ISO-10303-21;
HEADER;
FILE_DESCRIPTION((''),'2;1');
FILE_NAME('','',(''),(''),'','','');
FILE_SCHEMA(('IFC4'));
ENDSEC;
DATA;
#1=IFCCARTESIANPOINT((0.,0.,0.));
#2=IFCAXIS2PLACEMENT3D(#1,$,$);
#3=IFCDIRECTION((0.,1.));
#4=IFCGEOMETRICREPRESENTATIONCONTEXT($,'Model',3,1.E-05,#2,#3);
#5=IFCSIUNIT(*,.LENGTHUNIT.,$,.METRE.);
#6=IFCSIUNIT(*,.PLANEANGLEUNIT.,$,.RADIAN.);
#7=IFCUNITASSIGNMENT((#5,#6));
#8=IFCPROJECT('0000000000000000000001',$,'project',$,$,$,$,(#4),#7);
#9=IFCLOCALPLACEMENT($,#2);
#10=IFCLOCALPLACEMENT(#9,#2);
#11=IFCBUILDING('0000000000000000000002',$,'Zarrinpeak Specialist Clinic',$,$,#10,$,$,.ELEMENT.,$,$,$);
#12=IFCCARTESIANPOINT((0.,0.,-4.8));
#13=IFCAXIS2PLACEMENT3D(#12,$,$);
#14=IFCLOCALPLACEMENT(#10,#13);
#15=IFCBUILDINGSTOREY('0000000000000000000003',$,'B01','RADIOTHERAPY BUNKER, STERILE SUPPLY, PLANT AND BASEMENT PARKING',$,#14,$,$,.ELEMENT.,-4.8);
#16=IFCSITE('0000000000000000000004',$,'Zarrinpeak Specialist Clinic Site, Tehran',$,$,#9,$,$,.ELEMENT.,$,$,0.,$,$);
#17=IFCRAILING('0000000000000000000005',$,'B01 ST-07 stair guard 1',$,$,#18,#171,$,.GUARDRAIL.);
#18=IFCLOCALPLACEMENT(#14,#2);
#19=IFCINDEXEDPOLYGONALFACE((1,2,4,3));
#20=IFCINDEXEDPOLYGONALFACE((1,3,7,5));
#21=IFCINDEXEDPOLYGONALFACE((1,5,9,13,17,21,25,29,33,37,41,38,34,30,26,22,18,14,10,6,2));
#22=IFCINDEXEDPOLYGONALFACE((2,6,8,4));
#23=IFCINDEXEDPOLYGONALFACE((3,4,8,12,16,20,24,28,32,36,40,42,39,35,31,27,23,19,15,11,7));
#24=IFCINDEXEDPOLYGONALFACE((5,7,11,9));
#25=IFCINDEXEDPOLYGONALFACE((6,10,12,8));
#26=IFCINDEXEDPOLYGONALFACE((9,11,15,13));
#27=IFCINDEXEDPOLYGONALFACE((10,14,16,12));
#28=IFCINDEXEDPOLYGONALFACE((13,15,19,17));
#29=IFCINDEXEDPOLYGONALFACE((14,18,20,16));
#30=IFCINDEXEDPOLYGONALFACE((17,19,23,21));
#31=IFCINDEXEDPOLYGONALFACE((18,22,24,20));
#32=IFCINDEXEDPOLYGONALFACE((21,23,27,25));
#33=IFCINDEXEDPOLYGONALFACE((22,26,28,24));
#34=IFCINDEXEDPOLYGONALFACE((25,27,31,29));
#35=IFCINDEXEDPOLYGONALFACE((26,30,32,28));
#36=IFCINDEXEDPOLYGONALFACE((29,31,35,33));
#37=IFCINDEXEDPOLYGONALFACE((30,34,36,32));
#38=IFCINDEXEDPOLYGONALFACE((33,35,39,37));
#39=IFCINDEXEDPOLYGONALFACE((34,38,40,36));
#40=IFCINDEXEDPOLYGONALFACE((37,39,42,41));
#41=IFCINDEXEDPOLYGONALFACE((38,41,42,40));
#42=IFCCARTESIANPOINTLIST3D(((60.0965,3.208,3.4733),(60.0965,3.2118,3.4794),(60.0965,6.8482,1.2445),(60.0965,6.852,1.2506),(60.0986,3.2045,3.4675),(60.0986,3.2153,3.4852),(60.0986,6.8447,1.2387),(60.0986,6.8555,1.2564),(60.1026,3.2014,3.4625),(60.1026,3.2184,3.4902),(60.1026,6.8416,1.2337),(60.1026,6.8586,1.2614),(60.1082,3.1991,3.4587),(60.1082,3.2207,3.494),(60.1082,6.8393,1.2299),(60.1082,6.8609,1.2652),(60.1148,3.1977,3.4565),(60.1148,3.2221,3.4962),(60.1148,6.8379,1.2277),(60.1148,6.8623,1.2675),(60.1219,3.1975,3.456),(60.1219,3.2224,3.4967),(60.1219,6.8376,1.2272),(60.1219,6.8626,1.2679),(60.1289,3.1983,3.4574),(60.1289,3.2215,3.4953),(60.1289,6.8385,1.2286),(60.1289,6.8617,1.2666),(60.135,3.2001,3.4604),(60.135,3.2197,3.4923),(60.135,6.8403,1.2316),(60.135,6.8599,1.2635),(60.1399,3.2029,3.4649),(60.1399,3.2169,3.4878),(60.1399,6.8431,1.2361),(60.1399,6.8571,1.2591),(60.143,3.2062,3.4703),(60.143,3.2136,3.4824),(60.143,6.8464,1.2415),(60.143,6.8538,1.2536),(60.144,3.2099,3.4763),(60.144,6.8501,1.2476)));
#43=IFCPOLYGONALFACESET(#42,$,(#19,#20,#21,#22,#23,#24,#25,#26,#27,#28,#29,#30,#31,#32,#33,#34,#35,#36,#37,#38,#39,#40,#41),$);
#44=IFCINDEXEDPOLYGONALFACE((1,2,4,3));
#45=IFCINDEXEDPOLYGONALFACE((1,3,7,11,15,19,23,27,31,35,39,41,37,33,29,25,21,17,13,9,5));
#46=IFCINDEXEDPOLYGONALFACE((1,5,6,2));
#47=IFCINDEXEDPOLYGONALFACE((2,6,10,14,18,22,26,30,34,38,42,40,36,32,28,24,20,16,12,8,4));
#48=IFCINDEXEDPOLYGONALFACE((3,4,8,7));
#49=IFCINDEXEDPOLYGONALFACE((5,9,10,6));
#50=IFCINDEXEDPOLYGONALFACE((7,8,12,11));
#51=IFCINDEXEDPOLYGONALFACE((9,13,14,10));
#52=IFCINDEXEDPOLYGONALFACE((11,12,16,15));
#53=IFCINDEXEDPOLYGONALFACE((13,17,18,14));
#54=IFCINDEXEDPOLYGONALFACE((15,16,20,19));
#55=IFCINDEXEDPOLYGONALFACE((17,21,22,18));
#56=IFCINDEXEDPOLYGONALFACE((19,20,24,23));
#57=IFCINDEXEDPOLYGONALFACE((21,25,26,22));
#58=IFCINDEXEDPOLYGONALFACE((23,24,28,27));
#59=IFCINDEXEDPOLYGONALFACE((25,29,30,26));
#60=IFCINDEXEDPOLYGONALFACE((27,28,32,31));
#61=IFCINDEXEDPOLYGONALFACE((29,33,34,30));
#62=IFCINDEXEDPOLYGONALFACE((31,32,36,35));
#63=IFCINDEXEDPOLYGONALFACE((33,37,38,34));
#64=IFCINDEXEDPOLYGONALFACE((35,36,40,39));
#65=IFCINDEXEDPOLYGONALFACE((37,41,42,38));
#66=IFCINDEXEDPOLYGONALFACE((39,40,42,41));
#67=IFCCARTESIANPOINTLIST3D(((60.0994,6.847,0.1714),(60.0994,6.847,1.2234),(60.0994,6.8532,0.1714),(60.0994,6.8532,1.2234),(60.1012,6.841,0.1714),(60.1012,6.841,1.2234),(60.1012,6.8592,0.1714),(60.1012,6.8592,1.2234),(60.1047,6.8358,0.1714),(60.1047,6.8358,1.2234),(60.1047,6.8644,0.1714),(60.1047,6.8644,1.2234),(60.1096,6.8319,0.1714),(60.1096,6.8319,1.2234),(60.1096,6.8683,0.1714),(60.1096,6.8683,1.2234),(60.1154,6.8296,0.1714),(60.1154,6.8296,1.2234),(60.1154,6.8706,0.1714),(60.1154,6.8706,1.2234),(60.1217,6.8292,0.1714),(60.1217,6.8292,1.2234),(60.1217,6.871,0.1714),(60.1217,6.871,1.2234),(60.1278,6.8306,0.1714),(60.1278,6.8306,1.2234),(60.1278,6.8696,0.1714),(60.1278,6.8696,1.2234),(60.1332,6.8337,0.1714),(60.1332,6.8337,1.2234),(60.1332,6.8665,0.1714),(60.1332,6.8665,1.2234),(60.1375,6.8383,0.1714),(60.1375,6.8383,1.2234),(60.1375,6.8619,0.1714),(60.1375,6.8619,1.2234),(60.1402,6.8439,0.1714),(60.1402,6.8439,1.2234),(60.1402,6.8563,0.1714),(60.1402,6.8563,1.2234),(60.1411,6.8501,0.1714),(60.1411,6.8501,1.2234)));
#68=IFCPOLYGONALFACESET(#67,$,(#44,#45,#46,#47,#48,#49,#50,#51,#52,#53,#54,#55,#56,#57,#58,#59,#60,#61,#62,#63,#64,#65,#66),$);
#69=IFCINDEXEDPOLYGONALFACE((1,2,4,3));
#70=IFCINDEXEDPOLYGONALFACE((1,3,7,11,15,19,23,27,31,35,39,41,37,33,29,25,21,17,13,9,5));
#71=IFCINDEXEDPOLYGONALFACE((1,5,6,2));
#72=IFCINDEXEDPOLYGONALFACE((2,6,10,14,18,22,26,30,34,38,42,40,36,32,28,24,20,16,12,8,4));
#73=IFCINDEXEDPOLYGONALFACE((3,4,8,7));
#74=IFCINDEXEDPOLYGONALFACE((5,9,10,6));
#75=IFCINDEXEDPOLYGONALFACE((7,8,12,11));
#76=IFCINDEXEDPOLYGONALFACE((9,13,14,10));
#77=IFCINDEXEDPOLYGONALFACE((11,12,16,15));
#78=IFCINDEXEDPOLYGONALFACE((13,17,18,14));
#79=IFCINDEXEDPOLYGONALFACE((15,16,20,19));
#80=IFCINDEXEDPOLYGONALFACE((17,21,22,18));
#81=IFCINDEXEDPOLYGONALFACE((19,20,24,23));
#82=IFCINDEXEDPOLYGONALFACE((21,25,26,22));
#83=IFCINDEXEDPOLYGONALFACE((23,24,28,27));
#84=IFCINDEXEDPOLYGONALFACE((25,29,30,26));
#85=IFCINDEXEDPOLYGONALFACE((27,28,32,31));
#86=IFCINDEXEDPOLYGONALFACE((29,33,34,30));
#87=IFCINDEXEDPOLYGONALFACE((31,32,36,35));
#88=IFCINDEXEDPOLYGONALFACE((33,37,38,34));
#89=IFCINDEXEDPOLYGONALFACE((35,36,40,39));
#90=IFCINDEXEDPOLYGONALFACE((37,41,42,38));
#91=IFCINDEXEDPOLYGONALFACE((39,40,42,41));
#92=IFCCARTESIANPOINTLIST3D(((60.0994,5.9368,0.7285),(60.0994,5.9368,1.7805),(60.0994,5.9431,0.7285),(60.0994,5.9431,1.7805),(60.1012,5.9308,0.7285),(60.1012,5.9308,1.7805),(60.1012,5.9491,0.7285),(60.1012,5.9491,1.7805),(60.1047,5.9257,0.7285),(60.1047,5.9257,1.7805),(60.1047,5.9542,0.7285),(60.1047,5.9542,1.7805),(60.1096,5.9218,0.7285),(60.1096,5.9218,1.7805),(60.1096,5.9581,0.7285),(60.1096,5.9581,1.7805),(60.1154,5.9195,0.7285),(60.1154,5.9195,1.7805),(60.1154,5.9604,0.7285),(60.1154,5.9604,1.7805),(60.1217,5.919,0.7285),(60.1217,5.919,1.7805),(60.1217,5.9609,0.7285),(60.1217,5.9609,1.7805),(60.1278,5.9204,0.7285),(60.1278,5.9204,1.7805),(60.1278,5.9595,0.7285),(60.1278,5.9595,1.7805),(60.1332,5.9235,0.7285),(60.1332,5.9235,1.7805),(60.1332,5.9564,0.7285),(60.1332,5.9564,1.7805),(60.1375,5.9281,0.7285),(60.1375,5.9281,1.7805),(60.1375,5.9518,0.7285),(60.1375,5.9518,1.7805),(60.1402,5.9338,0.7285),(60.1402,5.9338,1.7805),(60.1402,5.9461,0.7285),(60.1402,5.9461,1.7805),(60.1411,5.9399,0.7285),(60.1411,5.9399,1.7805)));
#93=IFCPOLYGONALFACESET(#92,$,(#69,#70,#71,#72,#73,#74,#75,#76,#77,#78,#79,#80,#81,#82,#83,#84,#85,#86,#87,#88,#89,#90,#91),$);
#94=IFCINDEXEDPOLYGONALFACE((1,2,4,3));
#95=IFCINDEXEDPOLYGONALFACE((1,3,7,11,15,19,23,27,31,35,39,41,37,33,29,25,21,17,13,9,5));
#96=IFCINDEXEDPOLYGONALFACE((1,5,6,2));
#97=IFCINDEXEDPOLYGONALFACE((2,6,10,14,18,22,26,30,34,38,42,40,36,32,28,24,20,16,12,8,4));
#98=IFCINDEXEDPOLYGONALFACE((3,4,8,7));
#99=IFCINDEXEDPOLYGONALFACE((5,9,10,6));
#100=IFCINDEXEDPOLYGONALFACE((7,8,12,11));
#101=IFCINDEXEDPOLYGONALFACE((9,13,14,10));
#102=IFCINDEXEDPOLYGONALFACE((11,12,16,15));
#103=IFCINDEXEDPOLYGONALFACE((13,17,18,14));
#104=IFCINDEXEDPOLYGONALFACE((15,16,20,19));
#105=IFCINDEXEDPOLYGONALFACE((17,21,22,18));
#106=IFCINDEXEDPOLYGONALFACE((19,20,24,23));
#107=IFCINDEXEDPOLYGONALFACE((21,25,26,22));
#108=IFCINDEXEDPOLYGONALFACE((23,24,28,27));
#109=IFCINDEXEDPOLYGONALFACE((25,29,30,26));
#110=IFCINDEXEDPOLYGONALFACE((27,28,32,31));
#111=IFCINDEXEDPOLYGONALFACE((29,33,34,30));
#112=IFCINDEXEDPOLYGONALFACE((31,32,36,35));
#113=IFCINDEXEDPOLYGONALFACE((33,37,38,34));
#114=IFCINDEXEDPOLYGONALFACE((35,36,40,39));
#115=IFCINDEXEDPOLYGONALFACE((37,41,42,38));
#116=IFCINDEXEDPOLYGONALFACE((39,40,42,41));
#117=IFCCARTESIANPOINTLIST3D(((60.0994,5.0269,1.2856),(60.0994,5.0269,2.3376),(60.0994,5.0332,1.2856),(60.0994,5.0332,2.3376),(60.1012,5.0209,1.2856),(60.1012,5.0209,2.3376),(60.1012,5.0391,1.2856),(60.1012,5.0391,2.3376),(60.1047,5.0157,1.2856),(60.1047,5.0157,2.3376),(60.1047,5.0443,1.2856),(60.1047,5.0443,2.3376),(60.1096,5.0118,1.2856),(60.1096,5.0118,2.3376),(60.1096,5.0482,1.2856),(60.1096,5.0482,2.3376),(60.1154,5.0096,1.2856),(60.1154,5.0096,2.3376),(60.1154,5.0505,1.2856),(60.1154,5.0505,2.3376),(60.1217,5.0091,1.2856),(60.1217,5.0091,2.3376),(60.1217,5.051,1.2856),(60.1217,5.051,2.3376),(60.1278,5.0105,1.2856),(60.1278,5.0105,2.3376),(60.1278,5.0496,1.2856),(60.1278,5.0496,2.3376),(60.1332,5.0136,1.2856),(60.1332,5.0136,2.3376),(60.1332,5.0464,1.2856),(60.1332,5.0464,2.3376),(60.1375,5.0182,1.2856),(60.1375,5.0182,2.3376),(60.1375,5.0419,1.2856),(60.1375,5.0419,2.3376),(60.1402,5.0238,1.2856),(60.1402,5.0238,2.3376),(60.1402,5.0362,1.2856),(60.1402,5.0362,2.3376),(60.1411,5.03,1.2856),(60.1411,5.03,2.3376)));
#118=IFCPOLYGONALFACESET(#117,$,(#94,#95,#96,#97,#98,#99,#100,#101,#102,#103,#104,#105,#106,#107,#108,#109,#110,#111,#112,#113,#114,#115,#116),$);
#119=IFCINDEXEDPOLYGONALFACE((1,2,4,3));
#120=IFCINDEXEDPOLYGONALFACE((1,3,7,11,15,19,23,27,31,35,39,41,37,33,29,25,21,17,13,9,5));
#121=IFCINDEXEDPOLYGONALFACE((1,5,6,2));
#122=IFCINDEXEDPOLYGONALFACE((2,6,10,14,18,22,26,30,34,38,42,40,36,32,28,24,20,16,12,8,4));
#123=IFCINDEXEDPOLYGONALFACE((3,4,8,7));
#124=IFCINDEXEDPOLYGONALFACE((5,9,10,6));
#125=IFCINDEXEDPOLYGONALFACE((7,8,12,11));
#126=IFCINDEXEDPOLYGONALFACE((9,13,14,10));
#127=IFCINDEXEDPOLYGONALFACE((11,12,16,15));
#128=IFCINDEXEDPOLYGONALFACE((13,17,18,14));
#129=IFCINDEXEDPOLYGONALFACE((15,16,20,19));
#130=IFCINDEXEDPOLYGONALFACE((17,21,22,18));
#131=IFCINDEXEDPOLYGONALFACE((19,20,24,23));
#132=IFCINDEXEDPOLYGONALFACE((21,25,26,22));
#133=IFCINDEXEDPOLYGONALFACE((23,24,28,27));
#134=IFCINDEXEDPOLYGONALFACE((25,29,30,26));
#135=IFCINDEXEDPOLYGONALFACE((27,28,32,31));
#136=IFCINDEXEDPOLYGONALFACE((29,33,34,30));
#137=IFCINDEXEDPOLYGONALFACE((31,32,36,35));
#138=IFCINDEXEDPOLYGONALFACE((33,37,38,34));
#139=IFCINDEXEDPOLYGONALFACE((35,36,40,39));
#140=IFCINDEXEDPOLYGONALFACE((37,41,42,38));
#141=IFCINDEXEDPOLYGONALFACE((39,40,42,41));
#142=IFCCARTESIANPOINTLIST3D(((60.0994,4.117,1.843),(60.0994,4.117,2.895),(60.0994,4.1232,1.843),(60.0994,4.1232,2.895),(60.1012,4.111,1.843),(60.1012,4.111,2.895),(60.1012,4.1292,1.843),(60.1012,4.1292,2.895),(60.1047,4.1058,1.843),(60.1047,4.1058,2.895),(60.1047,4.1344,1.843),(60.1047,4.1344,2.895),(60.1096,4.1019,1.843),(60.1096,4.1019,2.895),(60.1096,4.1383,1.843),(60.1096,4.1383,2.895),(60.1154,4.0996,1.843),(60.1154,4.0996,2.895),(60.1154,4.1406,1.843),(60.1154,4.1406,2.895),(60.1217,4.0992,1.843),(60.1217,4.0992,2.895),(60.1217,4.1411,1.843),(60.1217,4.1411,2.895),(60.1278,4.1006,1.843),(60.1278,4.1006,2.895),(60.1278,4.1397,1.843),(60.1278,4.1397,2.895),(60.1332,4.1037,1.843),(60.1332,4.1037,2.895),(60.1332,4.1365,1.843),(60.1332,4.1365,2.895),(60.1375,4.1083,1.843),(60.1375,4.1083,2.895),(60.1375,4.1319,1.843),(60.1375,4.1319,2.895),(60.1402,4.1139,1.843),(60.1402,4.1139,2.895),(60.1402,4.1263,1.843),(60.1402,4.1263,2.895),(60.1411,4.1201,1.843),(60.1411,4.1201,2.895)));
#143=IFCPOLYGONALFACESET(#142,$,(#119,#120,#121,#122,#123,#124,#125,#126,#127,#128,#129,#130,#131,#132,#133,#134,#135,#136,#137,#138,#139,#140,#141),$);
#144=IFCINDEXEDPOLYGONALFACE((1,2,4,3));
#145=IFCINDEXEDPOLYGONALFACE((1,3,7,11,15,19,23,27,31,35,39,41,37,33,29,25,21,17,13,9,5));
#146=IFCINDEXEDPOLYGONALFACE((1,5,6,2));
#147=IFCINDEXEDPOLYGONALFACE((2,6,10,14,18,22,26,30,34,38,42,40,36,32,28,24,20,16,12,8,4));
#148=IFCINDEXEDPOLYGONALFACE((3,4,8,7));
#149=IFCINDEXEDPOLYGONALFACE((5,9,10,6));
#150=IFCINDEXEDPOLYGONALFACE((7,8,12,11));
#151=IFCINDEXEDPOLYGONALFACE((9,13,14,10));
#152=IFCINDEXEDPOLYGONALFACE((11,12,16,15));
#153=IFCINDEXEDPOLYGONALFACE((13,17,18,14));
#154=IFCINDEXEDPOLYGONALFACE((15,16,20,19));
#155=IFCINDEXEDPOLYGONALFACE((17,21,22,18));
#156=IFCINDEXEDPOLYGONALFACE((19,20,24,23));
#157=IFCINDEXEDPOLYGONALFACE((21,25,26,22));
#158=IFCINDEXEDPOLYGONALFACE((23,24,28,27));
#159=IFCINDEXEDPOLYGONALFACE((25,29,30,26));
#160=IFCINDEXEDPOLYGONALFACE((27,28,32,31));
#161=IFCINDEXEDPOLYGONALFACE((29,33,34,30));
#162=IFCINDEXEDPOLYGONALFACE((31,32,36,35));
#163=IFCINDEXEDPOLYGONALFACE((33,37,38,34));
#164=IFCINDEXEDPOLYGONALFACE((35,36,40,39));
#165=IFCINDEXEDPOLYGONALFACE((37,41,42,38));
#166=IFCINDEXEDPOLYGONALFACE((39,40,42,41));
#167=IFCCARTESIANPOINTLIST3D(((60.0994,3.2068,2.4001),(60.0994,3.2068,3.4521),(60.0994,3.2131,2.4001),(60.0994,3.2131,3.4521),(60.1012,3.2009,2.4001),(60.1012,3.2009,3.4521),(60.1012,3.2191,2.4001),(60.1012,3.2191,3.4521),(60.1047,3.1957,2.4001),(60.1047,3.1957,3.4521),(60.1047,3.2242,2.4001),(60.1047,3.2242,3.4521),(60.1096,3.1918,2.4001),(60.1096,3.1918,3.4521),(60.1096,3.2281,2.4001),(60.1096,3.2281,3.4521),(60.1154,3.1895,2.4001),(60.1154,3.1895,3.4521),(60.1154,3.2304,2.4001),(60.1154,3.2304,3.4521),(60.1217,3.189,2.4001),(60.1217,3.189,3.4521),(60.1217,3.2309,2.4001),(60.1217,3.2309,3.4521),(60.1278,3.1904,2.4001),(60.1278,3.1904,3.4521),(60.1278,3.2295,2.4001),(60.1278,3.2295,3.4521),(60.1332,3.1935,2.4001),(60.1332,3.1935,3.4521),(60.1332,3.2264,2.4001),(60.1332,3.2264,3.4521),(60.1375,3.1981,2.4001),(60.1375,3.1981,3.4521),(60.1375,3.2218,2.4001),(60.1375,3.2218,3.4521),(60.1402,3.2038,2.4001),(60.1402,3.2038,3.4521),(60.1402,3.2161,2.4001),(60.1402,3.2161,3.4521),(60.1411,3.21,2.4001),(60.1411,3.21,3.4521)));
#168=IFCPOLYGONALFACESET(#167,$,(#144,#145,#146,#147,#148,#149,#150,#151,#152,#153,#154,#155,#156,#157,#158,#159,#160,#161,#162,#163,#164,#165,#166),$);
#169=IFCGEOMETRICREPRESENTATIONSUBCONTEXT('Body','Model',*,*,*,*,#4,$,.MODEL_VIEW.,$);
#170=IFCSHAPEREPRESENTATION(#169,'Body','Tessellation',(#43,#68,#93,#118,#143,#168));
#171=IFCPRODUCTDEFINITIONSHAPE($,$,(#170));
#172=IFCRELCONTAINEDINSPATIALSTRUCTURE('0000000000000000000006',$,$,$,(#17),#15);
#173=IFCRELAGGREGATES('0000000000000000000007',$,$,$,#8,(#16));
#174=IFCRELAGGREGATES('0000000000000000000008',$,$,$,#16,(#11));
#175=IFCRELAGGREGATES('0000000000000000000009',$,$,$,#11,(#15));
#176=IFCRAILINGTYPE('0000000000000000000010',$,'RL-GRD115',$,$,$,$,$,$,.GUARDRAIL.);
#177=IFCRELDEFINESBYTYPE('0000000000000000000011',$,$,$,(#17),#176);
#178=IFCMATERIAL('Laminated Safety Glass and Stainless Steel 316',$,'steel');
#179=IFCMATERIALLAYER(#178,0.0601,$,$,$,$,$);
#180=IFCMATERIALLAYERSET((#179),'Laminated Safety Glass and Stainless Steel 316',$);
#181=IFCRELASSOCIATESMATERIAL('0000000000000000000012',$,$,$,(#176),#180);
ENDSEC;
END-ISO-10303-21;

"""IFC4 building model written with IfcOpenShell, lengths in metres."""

from ifc_helpers import new_model, si_unit, direction, frame, origin, origin_2d, place, context, subcontext, project, spatial, circle, extrude, material, layer, layer_set, type_object, element, save


model = new_model("IFC4")

# Units and contexts
model_context = context("Model", 3, precision=1e-05, world=origin(), true_north=direction((0.0, 1.0)))
body_context = subcontext(model_context, "Body", "Model", "MODEL_VIEW")
ifc_project = project(units=[si_unit("LENGTHUNIT", "METRE"), si_unit("PLANEANGLEUNIT", "RADIAN")], contexts=[model_context])

# Site, building, storey
site_placement = place(None, origin())
site = spatial("IfcSite", under=ifc_project, at=site_placement, Name="Zarrinpeak Specialist Clinic Site, Tehran", CompositionType="ELEMENT", RefElevation=0.0)
building_placement = place(site_placement, origin())
building = spatial("IfcBuilding", under=site, at=building_placement, Name="Zarrinpeak Specialist Clinic", CompositionType="ELEMENT")
storey_placement = place(building_placement, frame((0.0, 0.0, -4.8)))
storey = spatial("IfcBuildingStorey", under=building, at=storey_placement, Name="B01", Description="RADIOTHERAPY BUNKER, STERILE SUPPLY, PLANT AND BASEMENT PARKING", CompositionType="ELEMENT", Elevation=-4.8)

# Railing
ifc_material_1 = material(Name="Laminated Safety Glass and Stainless Steel 316", Category="steel")
ifc_layer_1 = layer(ifc_material_1, 0.0601)
ifc_layer_set_1 = layer_set([ifc_layer_1], Name="Laminated Safety Glass and Stainless Steel 316")
railing_type_1 = type_object("IfcRailingType", Name="RL-GRD115", PredefinedType="GUARDRAIL", material=ifc_layer_set_1)
railing_1_placement = place(storey_placement, frame((60.1201, 6.8501, 0.1714)))
element("IfcRailing", 1, at=railing_1_placement, inside=storey, type_object=railing_type_1, Name="B01 ST-07 stair guard 1", PredefinedType="GUARDRAIL", context=body_context, shape_type="SweptSolid", body=[
    extrude(circle(Radius=0.0239, at=origin_2d()), frame((0.0, 0.0, 1.0762), z_axis=(0.0, -0.85284, 0.522172), x_axis=(1.0, 0.0, 0.0)), (0.0, 0.0, 1.0), 4.2683),
    extrude(circle(Radius=0.021, at=origin_2d()), origin(), (0.0, 0.0, 1.0), 1.052),
    extrude(circle(Radius=0.021, at=origin_2d()), frame((0.0, -0.9102, 0.5571)), (0.0, 0.0, 1.0), 1.052),
    extrude(circle(Radius=0.021, at=origin_2d()), frame((0.0, -1.8201, 1.1143)), (0.0, 0.0, 1.0), 1.052),
    extrude(circle(Radius=0.021, at=origin_2d()), frame((0.0, -2.73, 1.6716)), (0.0, 0.0, 1.0), 1.052),
    extrude(circle(Radius=0.021, at=origin_2d()), frame((0.0, -3.6401, 2.2288)), (0.0, 0.0, 1.0), 1.052),
])

save(model, "model.ifc")
